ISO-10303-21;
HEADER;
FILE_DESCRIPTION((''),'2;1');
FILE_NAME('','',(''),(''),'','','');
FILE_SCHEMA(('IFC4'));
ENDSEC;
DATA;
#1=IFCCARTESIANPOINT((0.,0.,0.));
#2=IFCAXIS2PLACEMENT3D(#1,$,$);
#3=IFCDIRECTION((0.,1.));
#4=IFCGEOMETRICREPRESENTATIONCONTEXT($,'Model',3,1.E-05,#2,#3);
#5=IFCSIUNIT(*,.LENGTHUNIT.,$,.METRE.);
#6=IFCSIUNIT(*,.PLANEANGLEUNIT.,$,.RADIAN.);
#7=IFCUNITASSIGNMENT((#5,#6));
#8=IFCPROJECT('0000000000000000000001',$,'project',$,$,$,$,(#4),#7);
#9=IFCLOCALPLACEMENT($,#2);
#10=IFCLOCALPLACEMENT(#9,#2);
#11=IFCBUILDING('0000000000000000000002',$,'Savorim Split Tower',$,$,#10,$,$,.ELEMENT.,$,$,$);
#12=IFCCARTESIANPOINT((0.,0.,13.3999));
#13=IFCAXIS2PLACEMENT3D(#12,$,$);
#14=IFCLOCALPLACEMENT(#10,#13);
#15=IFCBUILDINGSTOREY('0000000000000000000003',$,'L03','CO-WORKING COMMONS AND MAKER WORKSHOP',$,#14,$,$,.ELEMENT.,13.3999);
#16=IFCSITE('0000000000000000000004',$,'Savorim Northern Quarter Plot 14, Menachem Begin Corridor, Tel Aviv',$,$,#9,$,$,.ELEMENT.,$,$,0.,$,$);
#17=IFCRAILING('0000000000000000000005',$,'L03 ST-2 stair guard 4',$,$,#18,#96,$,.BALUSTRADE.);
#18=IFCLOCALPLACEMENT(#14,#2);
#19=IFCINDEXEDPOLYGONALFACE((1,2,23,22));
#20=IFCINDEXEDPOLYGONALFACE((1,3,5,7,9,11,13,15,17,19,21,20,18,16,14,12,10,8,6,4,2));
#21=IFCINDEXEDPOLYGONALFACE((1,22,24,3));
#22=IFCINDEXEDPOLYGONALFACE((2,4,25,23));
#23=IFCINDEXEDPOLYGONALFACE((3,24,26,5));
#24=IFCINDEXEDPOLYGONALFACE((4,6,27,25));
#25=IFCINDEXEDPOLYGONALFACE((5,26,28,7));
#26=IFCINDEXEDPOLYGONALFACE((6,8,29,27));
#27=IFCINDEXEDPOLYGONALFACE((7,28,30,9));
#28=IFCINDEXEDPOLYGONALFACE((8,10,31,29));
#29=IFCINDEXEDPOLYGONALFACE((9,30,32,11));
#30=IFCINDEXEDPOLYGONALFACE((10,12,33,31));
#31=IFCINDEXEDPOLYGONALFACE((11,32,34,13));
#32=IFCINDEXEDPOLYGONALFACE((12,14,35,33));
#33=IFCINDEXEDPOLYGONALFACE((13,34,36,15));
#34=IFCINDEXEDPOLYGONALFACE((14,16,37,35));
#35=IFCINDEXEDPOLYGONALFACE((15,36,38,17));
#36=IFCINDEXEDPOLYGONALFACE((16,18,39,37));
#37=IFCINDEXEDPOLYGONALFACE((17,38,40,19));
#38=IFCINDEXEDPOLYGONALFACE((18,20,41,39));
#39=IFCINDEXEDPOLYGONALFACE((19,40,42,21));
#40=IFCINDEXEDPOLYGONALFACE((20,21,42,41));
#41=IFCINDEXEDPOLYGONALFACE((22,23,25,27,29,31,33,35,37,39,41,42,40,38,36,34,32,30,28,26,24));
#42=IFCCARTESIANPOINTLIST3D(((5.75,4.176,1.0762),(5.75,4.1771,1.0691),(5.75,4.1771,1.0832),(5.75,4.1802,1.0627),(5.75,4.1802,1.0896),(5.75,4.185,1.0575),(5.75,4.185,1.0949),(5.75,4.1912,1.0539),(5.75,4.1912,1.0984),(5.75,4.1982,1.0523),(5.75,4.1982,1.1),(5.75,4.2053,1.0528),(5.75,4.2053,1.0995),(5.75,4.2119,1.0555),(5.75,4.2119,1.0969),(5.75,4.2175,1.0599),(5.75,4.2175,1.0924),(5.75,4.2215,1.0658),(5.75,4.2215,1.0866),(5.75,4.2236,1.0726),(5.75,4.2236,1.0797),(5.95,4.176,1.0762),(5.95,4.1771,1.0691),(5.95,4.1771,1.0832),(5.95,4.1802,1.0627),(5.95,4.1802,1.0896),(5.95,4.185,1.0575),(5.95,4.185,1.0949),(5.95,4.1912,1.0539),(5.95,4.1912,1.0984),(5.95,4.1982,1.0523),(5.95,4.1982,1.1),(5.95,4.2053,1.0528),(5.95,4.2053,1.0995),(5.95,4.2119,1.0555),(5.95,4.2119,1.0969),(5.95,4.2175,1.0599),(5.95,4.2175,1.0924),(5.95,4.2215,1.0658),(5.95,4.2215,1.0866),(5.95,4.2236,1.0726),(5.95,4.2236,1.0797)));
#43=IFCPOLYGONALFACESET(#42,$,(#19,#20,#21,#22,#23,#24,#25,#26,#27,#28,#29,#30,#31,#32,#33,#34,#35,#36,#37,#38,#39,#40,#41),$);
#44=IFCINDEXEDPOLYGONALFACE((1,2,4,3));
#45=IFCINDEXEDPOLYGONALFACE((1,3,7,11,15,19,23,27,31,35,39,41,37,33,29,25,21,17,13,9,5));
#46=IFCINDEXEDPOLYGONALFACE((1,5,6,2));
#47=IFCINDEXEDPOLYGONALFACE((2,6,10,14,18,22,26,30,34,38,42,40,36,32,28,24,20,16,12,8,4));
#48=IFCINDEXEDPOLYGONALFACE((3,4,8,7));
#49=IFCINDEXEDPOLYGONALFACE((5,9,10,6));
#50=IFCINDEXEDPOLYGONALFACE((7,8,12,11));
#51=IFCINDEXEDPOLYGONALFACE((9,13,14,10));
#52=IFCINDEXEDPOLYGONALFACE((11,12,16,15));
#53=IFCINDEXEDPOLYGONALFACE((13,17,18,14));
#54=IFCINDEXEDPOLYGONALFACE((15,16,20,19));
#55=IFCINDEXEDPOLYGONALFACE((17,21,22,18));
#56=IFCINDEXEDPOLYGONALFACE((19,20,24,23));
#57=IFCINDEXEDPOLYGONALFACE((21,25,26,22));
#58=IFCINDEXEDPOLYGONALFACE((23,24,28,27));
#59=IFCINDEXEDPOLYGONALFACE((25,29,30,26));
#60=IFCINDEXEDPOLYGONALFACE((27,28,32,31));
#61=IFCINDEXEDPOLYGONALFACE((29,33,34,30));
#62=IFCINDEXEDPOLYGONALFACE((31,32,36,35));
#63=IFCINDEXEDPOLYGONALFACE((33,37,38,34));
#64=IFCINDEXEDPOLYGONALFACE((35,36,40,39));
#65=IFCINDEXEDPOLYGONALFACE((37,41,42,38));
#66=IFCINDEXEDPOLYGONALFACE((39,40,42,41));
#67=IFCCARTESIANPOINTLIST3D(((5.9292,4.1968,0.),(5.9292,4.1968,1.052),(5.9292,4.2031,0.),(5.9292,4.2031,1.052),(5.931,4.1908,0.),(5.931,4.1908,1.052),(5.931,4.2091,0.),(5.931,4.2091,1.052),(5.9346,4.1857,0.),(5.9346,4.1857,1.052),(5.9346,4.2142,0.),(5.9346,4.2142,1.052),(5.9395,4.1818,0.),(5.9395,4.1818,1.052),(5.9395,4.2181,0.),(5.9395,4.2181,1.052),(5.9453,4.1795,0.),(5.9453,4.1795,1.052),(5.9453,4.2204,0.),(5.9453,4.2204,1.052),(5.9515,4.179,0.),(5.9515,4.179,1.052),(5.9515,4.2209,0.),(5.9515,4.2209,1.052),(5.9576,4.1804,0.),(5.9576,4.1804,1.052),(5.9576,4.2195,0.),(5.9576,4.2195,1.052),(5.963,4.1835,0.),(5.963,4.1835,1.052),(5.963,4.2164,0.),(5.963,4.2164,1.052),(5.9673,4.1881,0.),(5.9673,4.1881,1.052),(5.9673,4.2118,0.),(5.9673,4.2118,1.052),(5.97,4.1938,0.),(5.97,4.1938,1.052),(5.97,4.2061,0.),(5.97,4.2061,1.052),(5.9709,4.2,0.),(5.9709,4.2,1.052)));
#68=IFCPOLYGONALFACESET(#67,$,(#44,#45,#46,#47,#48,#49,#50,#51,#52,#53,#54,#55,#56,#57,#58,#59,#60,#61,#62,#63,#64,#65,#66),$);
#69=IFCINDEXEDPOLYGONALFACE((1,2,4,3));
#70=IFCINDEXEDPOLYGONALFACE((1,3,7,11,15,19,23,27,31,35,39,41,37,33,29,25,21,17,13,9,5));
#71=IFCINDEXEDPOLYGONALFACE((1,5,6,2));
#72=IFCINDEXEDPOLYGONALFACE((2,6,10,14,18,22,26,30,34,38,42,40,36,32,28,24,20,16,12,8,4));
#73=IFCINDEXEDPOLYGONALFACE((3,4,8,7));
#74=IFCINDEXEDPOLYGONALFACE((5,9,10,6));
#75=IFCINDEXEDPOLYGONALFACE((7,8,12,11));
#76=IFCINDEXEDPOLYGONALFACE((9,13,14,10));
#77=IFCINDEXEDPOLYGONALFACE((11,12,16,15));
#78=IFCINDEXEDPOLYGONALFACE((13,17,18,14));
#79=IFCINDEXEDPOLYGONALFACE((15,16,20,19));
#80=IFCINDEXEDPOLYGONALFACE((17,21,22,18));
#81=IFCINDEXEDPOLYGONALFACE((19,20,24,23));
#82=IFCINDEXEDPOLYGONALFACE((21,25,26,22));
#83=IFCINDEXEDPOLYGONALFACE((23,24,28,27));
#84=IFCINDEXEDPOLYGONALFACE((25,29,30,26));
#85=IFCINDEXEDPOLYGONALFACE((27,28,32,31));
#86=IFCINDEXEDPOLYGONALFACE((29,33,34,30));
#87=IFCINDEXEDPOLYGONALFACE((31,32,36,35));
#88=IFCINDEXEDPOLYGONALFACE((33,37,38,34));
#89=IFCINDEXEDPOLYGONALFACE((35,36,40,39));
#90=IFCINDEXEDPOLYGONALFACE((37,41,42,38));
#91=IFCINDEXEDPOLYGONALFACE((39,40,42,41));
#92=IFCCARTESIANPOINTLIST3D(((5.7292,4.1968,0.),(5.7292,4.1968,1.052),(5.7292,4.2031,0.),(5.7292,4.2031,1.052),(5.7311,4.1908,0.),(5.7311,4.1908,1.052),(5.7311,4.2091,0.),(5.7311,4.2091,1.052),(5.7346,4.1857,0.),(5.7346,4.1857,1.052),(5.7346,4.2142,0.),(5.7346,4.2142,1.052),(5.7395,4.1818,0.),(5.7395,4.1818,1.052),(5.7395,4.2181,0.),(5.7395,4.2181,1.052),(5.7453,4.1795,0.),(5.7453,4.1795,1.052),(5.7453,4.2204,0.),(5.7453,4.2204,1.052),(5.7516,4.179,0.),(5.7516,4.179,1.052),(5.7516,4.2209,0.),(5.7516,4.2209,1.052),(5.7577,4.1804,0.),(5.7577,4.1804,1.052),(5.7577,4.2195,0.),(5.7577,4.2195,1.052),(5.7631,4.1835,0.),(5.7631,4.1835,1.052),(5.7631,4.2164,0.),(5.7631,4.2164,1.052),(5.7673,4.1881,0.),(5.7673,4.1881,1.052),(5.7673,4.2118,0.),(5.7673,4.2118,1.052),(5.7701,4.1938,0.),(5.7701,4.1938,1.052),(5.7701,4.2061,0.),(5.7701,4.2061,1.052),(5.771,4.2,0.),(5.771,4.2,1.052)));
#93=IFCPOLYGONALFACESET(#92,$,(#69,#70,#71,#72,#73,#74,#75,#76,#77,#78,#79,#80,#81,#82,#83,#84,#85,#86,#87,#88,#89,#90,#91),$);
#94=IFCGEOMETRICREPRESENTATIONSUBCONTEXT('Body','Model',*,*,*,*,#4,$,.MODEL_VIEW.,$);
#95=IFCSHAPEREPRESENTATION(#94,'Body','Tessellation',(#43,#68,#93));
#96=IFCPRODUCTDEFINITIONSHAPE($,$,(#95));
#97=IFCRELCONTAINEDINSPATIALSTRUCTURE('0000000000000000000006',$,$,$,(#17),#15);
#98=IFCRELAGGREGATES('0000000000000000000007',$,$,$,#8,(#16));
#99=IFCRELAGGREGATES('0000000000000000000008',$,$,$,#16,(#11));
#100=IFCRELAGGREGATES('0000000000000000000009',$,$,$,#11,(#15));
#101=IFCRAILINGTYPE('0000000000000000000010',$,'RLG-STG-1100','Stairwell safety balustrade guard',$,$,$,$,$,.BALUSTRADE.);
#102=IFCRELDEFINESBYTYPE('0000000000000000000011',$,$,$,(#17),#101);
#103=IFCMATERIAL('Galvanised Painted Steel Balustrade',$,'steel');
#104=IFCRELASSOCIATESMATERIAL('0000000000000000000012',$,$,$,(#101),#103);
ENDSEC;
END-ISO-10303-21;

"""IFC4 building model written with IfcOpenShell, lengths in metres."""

from ifc_helpers import new_model, si_unit, direction, frame, origin, origin_2d, place, context, subcontext, project, spatial, circle, extrude, material, type_object, element, save


model = new_model("IFC4")

# Units and contexts
model_context = context("Model", 3, precision=1e-05, world=origin(), true_north=direction((0.0, 1.0)))
body_context = subcontext(model_context, "Body", "Model", "MODEL_VIEW")
ifc_project = project(units=[si_unit("LENGTHUNIT", "METRE"), si_unit("PLANEANGLEUNIT", "RADIAN")], contexts=[model_context])

# Site, building, storey
site_placement = place(None, origin())
site = spatial("IfcSite", under=ifc_project, at=site_placement, Name="Savorim Northern Quarter Plot 14, Menachem Begin Corridor, Tel Aviv", CompositionType="ELEMENT", RefElevation=0.0)
building_placement = place(site_placement, origin())
building = spatial("IfcBuilding", under=site, at=building_placement, Name="Savorim Split Tower", CompositionType="ELEMENT")
storey_placement = place(building_placement, frame((0.0, 0.0, 13.3999)))
storey = spatial("IfcBuildingStorey", under=building, at=storey_placement, Name="L03", Description="CO-WORKING COMMONS AND MAKER WORKSHOP", CompositionType="ELEMENT", Elevation=13.3999)

# Railing
ifc_material_1 = material(Name="Galvanised Painted Steel Balustrade", Category="steel")
railing_type = type_object("IfcRailingType", Name="RLG-STG-1100", Description="Stairwell safety balustrade guard", PredefinedType="BALUSTRADE", material=ifc_material_1)
railing_placement = place(storey_placement, frame((5.95, 4.2, 0.0)))
element("IfcRailing", 1, at=railing_placement, inside=storey, type_object=railing_type, Name="L03 ST-2 stair guard 4", PredefinedType="BALUSTRADE", context=body_context, shape_type="SweptSolid", body=[
    extrude(circle(Radius=0.0239, at=origin_2d()), frame((0.0, 0.0, 1.0762), z_axis=(-1.0, 0.0, 0.0), x_axis=(0.0, -1.0, 0.0)), (0.0, 0.0, 1.0), 0.2),
    extrude(circle(Radius=0.021, at=origin_2d()), origin(), (0.0, 0.0, 1.0), 1.052),
    extrude(circle(Radius=0.021, at=origin_2d()), frame((-0.2, 0.0, 0.0)), (0.0, 0.0, 1.0), 1.052),
])

save(model, "model.ifc")
